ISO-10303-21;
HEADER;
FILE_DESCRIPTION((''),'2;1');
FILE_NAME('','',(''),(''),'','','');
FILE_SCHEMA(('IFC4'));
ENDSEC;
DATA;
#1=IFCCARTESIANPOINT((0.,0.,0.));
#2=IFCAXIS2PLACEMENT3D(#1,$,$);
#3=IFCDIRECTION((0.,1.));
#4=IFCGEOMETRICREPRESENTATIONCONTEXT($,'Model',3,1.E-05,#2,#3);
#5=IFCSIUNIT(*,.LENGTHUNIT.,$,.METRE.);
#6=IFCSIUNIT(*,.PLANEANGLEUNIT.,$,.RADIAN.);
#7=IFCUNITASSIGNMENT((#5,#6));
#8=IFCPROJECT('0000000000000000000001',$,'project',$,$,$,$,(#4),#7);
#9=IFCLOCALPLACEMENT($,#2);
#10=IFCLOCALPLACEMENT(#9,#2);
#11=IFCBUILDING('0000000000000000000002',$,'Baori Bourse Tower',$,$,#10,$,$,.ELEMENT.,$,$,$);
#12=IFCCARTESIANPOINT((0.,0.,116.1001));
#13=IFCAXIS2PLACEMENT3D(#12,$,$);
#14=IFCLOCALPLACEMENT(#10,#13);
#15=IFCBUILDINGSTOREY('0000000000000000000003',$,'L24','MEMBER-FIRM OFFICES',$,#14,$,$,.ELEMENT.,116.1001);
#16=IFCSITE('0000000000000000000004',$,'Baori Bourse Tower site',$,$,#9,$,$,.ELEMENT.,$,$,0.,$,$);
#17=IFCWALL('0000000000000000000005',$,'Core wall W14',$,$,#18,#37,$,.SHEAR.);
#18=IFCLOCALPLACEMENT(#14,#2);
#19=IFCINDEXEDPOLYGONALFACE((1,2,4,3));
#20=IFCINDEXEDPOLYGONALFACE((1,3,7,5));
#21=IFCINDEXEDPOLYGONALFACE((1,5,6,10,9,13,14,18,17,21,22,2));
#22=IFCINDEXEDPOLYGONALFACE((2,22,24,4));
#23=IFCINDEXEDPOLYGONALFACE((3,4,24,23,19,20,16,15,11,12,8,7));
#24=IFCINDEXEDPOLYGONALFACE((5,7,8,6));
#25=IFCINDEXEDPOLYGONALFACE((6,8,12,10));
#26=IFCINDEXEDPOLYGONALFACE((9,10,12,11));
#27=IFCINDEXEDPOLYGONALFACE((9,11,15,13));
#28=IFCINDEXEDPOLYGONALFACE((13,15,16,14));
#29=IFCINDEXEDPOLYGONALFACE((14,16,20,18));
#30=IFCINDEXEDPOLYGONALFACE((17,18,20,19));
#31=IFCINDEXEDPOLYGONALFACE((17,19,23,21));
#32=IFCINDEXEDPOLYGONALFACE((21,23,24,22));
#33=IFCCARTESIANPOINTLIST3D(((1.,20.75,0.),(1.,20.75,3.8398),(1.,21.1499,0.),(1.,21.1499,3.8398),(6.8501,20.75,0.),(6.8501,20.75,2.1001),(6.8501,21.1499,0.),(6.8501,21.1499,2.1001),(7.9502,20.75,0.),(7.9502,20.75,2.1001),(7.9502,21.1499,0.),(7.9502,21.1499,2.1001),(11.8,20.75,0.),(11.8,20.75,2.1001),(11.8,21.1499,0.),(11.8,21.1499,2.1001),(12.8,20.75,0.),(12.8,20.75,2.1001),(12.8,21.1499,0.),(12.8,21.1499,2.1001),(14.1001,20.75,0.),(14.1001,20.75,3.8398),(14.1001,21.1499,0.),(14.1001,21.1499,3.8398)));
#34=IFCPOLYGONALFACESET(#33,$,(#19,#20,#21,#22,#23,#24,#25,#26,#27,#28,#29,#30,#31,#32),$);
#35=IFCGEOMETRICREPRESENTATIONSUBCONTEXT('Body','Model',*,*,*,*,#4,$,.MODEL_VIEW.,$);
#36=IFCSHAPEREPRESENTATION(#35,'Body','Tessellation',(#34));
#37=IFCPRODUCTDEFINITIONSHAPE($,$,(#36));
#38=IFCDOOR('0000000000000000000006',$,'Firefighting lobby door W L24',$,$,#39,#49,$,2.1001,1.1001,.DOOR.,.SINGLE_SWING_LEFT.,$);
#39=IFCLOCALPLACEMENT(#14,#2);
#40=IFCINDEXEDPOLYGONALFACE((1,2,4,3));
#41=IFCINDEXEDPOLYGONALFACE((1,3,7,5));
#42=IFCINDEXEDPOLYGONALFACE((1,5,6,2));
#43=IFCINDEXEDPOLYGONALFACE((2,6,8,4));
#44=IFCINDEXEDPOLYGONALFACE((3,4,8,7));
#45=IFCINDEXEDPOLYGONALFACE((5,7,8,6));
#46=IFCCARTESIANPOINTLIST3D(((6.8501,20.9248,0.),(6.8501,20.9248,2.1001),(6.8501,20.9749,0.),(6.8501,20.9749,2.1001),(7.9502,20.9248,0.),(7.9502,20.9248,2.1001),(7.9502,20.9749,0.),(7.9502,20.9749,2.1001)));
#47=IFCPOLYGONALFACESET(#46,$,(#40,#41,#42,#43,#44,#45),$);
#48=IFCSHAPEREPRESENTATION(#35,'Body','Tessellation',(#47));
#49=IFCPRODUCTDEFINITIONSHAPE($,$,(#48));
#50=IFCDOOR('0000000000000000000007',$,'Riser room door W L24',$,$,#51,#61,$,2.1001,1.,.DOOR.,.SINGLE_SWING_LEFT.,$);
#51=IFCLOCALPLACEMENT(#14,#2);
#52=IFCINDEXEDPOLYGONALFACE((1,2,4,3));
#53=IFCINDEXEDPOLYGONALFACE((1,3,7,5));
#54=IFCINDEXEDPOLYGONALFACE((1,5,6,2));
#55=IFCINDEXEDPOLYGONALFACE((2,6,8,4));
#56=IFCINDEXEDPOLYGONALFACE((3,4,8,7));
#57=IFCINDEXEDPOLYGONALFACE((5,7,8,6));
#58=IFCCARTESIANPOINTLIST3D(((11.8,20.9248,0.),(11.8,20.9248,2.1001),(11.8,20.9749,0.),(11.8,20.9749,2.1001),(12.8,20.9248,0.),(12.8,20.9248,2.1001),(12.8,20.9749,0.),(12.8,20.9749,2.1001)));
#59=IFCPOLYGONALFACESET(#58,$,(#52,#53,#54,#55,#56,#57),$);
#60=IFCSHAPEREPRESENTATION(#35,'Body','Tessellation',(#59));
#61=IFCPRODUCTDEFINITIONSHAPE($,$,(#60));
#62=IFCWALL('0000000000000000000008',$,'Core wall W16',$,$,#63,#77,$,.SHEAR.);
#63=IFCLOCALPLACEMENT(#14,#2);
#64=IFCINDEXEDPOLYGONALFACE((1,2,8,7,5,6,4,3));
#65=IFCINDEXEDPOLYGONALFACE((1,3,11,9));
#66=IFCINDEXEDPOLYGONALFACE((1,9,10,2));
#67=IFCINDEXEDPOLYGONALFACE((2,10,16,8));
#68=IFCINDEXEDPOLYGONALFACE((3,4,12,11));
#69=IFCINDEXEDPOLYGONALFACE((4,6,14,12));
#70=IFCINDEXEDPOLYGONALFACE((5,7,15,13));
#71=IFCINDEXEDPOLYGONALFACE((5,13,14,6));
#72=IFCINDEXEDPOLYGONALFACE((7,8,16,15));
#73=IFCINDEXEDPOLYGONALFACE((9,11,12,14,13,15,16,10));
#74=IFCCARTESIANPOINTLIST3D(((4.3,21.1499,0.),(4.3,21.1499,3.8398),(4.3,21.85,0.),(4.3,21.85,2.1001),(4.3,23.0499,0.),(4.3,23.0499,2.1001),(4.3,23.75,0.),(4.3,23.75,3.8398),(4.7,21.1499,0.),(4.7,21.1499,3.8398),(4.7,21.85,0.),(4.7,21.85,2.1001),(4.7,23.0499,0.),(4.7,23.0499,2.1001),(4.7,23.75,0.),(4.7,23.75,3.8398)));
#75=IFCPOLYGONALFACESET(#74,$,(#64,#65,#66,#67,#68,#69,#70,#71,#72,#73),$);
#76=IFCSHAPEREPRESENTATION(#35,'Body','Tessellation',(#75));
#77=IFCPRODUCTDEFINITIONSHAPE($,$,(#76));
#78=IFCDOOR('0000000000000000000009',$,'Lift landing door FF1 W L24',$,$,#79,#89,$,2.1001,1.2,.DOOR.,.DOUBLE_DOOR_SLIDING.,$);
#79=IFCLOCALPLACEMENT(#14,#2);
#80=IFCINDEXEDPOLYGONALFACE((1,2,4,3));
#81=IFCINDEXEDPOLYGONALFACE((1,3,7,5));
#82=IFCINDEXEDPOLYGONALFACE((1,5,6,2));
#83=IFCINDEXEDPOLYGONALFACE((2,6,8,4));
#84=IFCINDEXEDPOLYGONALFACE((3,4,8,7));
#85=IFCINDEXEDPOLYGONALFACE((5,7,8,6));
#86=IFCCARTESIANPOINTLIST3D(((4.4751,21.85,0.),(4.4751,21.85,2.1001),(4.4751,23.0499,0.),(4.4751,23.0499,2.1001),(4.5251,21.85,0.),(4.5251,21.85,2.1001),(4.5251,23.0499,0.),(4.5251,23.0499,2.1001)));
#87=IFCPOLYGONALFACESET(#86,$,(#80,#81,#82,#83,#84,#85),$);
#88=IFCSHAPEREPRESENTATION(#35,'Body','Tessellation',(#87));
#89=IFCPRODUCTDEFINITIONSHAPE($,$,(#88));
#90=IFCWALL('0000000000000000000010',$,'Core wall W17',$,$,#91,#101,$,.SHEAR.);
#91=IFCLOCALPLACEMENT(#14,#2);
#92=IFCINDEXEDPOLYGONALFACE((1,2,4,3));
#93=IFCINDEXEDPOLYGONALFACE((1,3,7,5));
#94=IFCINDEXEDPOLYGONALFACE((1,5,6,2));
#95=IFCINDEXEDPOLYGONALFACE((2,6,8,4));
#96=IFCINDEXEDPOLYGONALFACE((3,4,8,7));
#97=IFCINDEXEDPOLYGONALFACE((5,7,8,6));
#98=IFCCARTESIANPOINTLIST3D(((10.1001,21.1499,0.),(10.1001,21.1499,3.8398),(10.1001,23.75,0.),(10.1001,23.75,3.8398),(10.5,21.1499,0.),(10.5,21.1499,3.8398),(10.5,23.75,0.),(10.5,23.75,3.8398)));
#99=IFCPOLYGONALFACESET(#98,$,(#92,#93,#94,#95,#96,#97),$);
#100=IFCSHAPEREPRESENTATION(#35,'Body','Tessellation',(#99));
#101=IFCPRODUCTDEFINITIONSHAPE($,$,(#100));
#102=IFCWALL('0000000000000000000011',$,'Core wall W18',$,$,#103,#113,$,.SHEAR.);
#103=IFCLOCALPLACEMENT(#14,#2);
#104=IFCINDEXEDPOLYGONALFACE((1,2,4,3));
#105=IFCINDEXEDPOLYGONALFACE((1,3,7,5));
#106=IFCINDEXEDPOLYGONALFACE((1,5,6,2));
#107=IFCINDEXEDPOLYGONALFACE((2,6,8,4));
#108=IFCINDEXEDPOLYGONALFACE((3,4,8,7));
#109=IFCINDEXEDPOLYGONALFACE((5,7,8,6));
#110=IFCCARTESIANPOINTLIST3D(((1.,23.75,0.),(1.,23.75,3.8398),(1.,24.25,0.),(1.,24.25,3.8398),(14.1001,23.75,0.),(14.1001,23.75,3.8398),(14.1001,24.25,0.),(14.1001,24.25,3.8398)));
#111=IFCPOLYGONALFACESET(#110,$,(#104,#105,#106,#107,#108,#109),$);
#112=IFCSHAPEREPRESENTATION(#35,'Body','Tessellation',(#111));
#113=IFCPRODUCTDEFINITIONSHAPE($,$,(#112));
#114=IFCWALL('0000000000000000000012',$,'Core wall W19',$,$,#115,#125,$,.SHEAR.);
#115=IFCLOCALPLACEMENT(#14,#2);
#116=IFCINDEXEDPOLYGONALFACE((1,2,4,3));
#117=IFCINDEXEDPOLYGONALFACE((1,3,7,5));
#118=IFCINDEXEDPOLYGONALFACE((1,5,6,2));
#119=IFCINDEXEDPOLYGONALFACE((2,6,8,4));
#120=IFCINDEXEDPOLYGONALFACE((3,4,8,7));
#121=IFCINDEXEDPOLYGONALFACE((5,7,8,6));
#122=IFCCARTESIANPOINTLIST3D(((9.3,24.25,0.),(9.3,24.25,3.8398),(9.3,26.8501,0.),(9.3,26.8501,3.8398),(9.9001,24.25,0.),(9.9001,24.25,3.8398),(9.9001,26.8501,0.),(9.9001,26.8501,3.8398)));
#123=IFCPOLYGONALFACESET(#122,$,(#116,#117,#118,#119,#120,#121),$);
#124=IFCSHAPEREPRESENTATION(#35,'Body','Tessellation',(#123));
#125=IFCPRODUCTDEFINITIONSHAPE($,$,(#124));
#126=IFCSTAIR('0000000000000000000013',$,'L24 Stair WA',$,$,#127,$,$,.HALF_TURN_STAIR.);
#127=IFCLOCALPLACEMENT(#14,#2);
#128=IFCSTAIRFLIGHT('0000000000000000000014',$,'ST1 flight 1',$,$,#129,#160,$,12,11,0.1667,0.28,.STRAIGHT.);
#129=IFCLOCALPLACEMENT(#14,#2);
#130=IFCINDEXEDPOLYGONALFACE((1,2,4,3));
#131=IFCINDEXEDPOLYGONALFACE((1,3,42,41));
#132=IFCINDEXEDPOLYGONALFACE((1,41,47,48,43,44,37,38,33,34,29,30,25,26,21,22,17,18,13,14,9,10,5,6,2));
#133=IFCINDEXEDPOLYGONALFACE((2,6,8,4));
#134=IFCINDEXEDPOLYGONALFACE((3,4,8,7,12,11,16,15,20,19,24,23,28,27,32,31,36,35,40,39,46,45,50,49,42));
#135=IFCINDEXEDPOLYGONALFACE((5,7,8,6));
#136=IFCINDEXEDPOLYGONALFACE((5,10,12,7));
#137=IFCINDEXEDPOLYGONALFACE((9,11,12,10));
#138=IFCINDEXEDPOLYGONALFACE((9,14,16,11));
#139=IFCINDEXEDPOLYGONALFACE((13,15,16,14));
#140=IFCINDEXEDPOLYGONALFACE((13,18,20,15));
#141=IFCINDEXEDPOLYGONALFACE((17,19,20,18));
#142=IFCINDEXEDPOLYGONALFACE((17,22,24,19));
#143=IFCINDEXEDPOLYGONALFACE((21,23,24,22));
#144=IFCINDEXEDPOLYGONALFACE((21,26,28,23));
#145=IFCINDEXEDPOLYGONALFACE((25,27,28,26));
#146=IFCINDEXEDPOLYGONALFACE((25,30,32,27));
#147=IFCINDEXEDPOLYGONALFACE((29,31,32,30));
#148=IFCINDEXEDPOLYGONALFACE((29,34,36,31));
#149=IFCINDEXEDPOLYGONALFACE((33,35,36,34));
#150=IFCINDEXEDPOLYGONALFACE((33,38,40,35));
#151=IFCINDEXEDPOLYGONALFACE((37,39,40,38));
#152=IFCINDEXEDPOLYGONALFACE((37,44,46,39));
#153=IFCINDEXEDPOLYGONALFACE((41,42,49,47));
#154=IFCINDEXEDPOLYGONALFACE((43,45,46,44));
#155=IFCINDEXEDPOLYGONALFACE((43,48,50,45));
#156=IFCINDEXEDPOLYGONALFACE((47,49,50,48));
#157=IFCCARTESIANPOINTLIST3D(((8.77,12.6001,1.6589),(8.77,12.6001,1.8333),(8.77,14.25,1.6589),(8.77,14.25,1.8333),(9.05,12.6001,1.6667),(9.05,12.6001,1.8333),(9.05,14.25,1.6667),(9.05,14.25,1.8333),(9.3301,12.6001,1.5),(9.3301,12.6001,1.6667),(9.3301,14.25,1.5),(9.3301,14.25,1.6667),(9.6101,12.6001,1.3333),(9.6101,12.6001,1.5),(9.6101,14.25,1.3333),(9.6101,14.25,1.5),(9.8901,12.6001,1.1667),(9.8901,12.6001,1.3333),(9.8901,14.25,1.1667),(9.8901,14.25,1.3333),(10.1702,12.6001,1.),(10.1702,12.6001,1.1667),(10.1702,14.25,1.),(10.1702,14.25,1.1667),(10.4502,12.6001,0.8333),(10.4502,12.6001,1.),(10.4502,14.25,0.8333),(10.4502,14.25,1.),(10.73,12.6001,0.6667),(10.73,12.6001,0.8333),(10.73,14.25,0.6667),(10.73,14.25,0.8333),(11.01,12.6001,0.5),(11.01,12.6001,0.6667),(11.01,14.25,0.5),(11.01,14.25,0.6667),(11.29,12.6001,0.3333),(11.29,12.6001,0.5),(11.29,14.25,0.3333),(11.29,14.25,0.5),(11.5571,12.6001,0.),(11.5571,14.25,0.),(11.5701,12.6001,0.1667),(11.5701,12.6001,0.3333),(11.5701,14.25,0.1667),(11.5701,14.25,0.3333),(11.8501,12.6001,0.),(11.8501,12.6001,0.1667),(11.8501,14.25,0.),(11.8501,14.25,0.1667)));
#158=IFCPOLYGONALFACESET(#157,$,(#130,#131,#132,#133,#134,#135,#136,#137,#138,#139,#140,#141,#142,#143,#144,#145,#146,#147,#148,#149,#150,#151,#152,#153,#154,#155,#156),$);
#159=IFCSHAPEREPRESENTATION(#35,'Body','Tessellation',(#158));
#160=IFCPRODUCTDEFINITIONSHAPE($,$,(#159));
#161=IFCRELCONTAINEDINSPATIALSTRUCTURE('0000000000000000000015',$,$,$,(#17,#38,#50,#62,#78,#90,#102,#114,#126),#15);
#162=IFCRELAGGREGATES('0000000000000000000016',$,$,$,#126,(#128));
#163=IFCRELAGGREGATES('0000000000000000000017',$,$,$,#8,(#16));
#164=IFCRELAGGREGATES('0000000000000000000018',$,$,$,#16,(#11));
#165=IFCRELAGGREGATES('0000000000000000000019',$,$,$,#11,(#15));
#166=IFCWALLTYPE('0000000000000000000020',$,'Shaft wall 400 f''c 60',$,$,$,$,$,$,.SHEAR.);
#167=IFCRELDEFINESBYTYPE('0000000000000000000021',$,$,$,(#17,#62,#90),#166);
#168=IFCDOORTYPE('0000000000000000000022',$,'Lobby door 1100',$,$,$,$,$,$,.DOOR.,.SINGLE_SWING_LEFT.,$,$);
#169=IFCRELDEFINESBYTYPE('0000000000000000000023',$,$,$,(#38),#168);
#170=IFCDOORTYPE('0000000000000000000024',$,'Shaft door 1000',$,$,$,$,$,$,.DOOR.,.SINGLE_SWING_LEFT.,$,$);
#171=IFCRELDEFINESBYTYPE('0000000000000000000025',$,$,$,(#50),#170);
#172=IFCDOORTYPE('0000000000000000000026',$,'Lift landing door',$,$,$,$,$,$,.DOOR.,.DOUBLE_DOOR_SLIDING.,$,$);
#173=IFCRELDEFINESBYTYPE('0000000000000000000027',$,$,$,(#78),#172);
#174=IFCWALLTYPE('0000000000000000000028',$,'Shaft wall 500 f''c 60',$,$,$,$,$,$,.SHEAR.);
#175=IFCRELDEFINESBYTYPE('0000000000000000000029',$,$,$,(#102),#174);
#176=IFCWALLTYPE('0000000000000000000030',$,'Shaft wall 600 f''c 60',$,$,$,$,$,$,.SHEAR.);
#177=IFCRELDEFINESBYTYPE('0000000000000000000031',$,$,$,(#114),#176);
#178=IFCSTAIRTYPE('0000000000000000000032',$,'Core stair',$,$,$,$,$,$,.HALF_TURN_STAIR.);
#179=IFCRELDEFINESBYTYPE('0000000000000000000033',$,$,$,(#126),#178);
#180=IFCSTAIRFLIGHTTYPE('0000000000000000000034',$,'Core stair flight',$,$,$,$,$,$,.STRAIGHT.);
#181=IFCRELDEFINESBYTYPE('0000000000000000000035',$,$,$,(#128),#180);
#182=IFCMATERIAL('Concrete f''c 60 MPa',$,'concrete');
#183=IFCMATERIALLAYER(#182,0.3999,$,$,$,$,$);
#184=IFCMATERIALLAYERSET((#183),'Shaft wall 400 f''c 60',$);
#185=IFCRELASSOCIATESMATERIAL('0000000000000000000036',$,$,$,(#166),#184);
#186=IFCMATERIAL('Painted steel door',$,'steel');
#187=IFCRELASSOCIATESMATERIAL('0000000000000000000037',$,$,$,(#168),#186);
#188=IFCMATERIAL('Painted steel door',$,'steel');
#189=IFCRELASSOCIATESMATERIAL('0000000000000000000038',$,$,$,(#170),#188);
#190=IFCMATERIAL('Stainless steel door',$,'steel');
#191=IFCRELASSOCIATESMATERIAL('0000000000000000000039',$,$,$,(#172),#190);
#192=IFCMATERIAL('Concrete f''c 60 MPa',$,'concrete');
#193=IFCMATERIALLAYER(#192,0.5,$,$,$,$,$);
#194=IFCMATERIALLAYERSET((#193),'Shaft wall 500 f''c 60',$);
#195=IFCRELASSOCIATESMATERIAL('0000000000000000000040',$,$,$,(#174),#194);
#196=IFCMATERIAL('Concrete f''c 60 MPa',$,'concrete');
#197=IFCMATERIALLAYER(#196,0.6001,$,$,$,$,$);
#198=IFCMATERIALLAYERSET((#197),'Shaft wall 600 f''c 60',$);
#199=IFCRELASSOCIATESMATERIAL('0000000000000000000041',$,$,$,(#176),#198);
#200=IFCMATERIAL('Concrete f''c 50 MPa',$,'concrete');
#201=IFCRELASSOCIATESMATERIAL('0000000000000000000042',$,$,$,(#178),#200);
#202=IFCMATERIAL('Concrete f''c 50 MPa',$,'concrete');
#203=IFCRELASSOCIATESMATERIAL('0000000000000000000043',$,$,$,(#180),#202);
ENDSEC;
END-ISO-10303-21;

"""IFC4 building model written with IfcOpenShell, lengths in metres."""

from ifc_helpers import new_model, si_unit, direction, frame, frame_2d, origin, place, context, subcontext, project, spatial, polyline, rectangle, outline, extrude, material, layer, layer_set, type_object, element, fill, aggregate, save


model = new_model("IFC4")

# Units and contexts
model_context = context("Model", 3, precision=1e-05, world=origin(), true_north=direction((0.0, 1.0)))
body_context = subcontext(model_context, "Body", "Model", "MODEL_VIEW")
ifc_project = project(units=[si_unit("LENGTHUNIT", "METRE"), si_unit("PLANEANGLEUNIT", "RADIAN")], contexts=[model_context])

# Site, building, storey
site_placement = place(None, origin())
site = spatial("IfcSite", under=ifc_project, at=site_placement, Name="Baori Bourse Tower site", CompositionType="ELEMENT", RefElevation=0.0)
building_placement = place(site_placement, origin())
building = spatial("IfcBuilding", under=site, at=building_placement, Name="Baori Bourse Tower", CompositionType="ELEMENT")
storey_placement = place(building_placement, frame((0.0, 0.0, 116.1001)))
storey = spatial("IfcBuildingStorey", under=building, at=storey_placement, Name="L24", Description="MEMBER-FIRM OFFICES", CompositionType="ELEMENT", Elevation=116.1001)

# Shared definitions
ifc_material_1 = material(Name="Concrete f'c 60 MPa", Category="concrete")
ifc_layer_1 = layer(ifc_material_1, 0.3999)
ifc_layer_set_1 = layer_set([ifc_layer_1], Name="Shaft wall 400 f'c 60")
wall_type_1 = type_object("IfcWallType", Name="Shaft wall 400 f'c 60", PredefinedType="SHEAR", material=ifc_layer_set_1)

# Wall, openings, doors
wall_1_placement = place(storey_placement, frame((1.0, 20.95, 0.0), z_axis=(0.0, 0.0, 1.0), x_axis=(1.0, 0.0, 0.0)))
wall_1 = element("IfcWall", 1, at=wall_1_placement, inside=storey, type_object=wall_type_1, Name="Core wall W14", PredefinedType="SHEAR", context=body_context, shape_type="SweptSolid", body=[
    extrude(rectangle(XDim=13.1001, YDim=0.3999, at=frame_2d((6.55, 0.0))), origin(), (0.0, 0.0, 1.0), 3.8398),
])
opening_1_placement = place(wall_1_placement, frame((5.8501, 0.0, 0.0)))
opening_1 = element("IfcOpeningElement", 2, at=opening_1_placement, cuts=wall_1, PredefinedType="OPENING", context=body_context, shape_type="SweptSolid", body=[
    extrude(rectangle(XDim=1.1001, YDim=2.1001, at=frame_2d((0.55, 1.05))), frame((0.0, 0.21, 0.0), z_axis=(0.0, -1.0, 0.0), x_axis=(1.0, 0.0, 0.0)), (0.0, 0.0, 1.0), 0.4199),
])
opening_2_placement = place(wall_1_placement, frame((10.8, 0.0, 0.0)))
opening_2 = element("IfcOpeningElement", 3, at=opening_2_placement, cuts=wall_1, PredefinedType="OPENING", context=body_context, shape_type="SweptSolid", body=[
    extrude(rectangle(XDim=1.0, YDim=2.1001, at=frame_2d((0.5, 1.05))), frame((0.0, 0.21, 0.0), z_axis=(0.0, -1.0, 0.0), x_axis=(1.0, 0.0, 0.0)), (0.0, 0.0, 1.0), 0.4199),
])
ifc_material_2 = material(Name="Painted steel door", Category="steel")
door_type_1 = type_object("IfcDoorType", Name="Lobby door 1100", OperationType="SINGLE_SWING_LEFT", PredefinedType="DOOR", material=ifc_material_2)
door_1_placement = place(opening_1_placement, origin())
door_1 = element("IfcDoor", 4, at=door_1_placement, inside=storey, type_object=door_type_1, Name="Firefighting lobby door W L24", OperationType="SINGLE_SWING_LEFT", OverallHeight=2.1001, OverallWidth=1.1001, PredefinedType="DOOR", context=body_context, shape_type="SweptSolid", body=[
    extrude(rectangle(XDim=1.1001, YDim=2.1001, at=frame_2d((0.55, 1.05))), frame((0.0, 0.0249, 0.0), z_axis=(0.0, -1.0, 0.0), x_axis=(1.0, 0.0, 0.0)), (0.0, 0.0, 1.0), 0.05),
])
fill(opening_1, door_1)
ifc_material_3 = material(Name="Painted steel door", Category="steel")
door_type_2 = type_object("IfcDoorType", Name="Shaft door 1000", OperationType="SINGLE_SWING_LEFT", PredefinedType="DOOR", material=ifc_material_3)
door_2_placement = place(opening_2_placement, origin())
door_2 = element("IfcDoor", 5, at=door_2_placement, inside=storey, type_object=door_type_2, Name="Riser room door W L24", OperationType="SINGLE_SWING_LEFT", OverallHeight=2.1001, OverallWidth=1.0, PredefinedType="DOOR", context=body_context, shape_type="SweptSolid", body=[
    extrude(rectangle(XDim=1.0, YDim=2.1001, at=frame_2d((0.5, 1.05))), frame((0.0, 0.0249, 0.0), z_axis=(0.0, -1.0, 0.0), x_axis=(1.0, 0.0, 0.0)), (0.0, 0.0, 1.0), 0.05),
])
fill(opening_2, door_2)

# Wall, opening, door
wall_2_placement = place(storey_placement, frame((4.5, 21.1499, 0.0), z_axis=(0.0, 0.0, 1.0), x_axis=(0.0, 1.0, 0.0)))
wall_2 = element("IfcWall", 6, at=wall_2_placement, inside=storey, type_object=wall_type_1, Name="Core wall W16", PredefinedType="SHEAR", context=body_context, shape_type="SweptSolid", body=[
    extrude(rectangle(XDim=2.6001, YDim=0.3999, at=frame_2d((1.3, 0.0))), origin(), (0.0, 0.0, 1.0), 3.8398),
])
opening_3_placement = place(wall_2_placement, frame((0.7, 0.0, 0.0)))
opening_3 = element("IfcOpeningElement", 7, at=opening_3_placement, cuts=wall_2, PredefinedType="OPENING", context=body_context, shape_type="SweptSolid", body=[
    extrude(rectangle(XDim=1.2, YDim=2.1001, at=frame_2d((0.6001, 1.05))), frame((0.0, 0.21, 0.0), z_axis=(0.0, -1.0, 0.0), x_axis=(1.0, 0.0, 0.0)), (0.0, 0.0, 1.0), 0.4199),
])
ifc_material_4 = material(Name="Stainless steel door", Category="steel")
door_type_3 = type_object("IfcDoorType", Name="Lift landing door", OperationType="DOUBLE_DOOR_SLIDING", PredefinedType="DOOR", material=ifc_material_4)
door_3_placement = place(opening_3_placement, origin())
door_3 = element("IfcDoor", 8, at=door_3_placement, inside=storey, type_object=door_type_3, Name="Lift landing door FF1 W L24", OperationType="DOUBLE_DOOR_SLIDING", OverallHeight=2.1001, OverallWidth=1.2, PredefinedType="DOOR", context=body_context, shape_type="SweptSolid", body=[
    extrude(rectangle(XDim=1.2, YDim=2.1001, at=frame_2d((0.6001, 1.05))), frame((0.0, 0.0249, 0.0), z_axis=(0.0, -1.0, 0.0), x_axis=(1.0, 0.0, 0.0)), (0.0, 0.0, 1.0), 0.05),
])
fill(opening_3, door_3)

# Walls
wall_3_placement = place(storey_placement, frame((10.3, 21.1499, 0.0), z_axis=(0.0, 0.0, 1.0), x_axis=(0.0, 1.0, 0.0)))
element("IfcWall", 9, at=wall_3_placement, inside=storey, type_object=wall_type_1, Name="Core wall W17", PredefinedType="SHEAR", context=body_context, shape_type="SweptSolid", body=[
    extrude(rectangle(XDim=2.6001, YDim=0.3999, at=frame_2d((1.3, 0.0))), origin(), (0.0, 0.0, 1.0), 3.8398),
])
ifc_material_5 = material(Name="Concrete f'c 60 MPa", Category="concrete")
ifc_layer_2 = layer(ifc_material_5, 0.5)
ifc_layer_set_2 = layer_set([ifc_layer_2], Name="Shaft wall 500 f'c 60")
wall_type_2 = type_object("IfcWallType", Name="Shaft wall 500 f'c 60", PredefinedType="SHEAR", material=ifc_layer_set_2)
wall_4_placement = place(storey_placement, frame((1.0, 24.0, 0.0), z_axis=(0.0, 0.0, 1.0), x_axis=(1.0, 0.0, 0.0)))
element("IfcWall", 10, at=wall_4_placement, inside=storey, type_object=wall_type_2, Name="Core wall W18", PredefinedType="SHEAR", context=body_context, shape_type="SweptSolid", body=[
    extrude(rectangle(XDim=13.1001, YDim=0.5, at=frame_2d((6.55, 0.0))), origin(), (0.0, 0.0, 1.0), 3.8398),
])
ifc_material_6 = material(Name="Concrete f'c 60 MPa", Category="concrete")
ifc_layer_3 = layer(ifc_material_6, 0.6001)
ifc_layer_set_3 = layer_set([ifc_layer_3], Name="Shaft wall 600 f'c 60")
wall_type_3 = type_object("IfcWallType", Name="Shaft wall 600 f'c 60", PredefinedType="SHEAR", material=ifc_layer_set_3)
wall_5_placement = place(storey_placement, frame((9.6001, 24.25, 0.0), z_axis=(0.0, 0.0, 1.0), x_axis=(0.0, 1.0, 0.0)))
element("IfcWall", 11, at=wall_5_placement, inside=storey, type_object=wall_type_3, Name="Core wall W19", PredefinedType="SHEAR", context=body_context, shape_type="SweptSolid", body=[
    extrude(rectangle(XDim=2.6001, YDim=0.6001, at=frame_2d((1.3, 0.0))), origin(), (0.0, 0.0, 1.0), 3.8398),
])

# Stair, stair flight
ifc_material_7 = material(Name="Concrete f'c 50 MPa", Category="concrete")
stair_type = type_object("IfcStairType", Name="Core stair", PredefinedType="HALF_TURN_STAIR", material=ifc_material_7)
stair_placement = place(storey_placement, origin())
stair = element("IfcStair", 12, at=stair_placement, inside=storey, type_object=stair_type, Name="L24 Stair WA", PredefinedType="HALF_TURN_STAIR")
ifc_material_8 = material(Name="Concrete f'c 50 MPa", Category="concrete")
stair_flight_type = type_object("IfcStairFlightType", Name="Core stair flight", PredefinedType="STRAIGHT", material=ifc_material_8)
stair_flight_1_placement = place(storey_placement, frame((11.8501, 13.425, 0.0), z_axis=(0.0, 0.0, 1.0), x_axis=(-1.0, 0.0, 0.0)))
stair_flight_1 = element("IfcStairFlight", 13, at=stair_flight_1_placement, type_object=stair_flight_type, Name="ST1 flight 1", NumberOfRisers=12, NumberOfTreads=11, PredefinedType="STRAIGHT", RiserHeight=0.1667, TreadLength=0.28, context=body_context, shape_type="SweptSolid", body=[
    extrude(outline(polyline([(0.0, 0.0), (0.0, 0.1667), (0.28, 0.1667), (0.28, 0.3333), (0.5601, 0.3333), (0.5601, 0.5), (0.8401, 0.5), (0.8401, 0.6667), (1.1201, 0.6667), (1.1201, 0.8333), (1.3999, 0.8333), (1.3999, 1.0), (1.6799, 1.0), (1.6799, 1.1667), (1.96, 1.1667), (1.96, 1.3333), (2.24, 1.3333), (2.24, 1.5), (2.52, 1.5), (2.52, 1.6667), (2.8, 1.6667), (2.8, 1.8333), (3.0801, 1.8333), (3.0801, 2.0), (3.0801, 1.6589), (0.293, 0.0), (0.0, 0.0)])), frame((0.0, 0.825, 0.0), z_axis=(0.0, -1.0, 0.0), x_axis=(1.0, 0.0, 0.0)), (0.0, 0.0, 1.0), 1.6499),
])
aggregate(stair, [stair_flight_1])

save(model, "model.ifc")
